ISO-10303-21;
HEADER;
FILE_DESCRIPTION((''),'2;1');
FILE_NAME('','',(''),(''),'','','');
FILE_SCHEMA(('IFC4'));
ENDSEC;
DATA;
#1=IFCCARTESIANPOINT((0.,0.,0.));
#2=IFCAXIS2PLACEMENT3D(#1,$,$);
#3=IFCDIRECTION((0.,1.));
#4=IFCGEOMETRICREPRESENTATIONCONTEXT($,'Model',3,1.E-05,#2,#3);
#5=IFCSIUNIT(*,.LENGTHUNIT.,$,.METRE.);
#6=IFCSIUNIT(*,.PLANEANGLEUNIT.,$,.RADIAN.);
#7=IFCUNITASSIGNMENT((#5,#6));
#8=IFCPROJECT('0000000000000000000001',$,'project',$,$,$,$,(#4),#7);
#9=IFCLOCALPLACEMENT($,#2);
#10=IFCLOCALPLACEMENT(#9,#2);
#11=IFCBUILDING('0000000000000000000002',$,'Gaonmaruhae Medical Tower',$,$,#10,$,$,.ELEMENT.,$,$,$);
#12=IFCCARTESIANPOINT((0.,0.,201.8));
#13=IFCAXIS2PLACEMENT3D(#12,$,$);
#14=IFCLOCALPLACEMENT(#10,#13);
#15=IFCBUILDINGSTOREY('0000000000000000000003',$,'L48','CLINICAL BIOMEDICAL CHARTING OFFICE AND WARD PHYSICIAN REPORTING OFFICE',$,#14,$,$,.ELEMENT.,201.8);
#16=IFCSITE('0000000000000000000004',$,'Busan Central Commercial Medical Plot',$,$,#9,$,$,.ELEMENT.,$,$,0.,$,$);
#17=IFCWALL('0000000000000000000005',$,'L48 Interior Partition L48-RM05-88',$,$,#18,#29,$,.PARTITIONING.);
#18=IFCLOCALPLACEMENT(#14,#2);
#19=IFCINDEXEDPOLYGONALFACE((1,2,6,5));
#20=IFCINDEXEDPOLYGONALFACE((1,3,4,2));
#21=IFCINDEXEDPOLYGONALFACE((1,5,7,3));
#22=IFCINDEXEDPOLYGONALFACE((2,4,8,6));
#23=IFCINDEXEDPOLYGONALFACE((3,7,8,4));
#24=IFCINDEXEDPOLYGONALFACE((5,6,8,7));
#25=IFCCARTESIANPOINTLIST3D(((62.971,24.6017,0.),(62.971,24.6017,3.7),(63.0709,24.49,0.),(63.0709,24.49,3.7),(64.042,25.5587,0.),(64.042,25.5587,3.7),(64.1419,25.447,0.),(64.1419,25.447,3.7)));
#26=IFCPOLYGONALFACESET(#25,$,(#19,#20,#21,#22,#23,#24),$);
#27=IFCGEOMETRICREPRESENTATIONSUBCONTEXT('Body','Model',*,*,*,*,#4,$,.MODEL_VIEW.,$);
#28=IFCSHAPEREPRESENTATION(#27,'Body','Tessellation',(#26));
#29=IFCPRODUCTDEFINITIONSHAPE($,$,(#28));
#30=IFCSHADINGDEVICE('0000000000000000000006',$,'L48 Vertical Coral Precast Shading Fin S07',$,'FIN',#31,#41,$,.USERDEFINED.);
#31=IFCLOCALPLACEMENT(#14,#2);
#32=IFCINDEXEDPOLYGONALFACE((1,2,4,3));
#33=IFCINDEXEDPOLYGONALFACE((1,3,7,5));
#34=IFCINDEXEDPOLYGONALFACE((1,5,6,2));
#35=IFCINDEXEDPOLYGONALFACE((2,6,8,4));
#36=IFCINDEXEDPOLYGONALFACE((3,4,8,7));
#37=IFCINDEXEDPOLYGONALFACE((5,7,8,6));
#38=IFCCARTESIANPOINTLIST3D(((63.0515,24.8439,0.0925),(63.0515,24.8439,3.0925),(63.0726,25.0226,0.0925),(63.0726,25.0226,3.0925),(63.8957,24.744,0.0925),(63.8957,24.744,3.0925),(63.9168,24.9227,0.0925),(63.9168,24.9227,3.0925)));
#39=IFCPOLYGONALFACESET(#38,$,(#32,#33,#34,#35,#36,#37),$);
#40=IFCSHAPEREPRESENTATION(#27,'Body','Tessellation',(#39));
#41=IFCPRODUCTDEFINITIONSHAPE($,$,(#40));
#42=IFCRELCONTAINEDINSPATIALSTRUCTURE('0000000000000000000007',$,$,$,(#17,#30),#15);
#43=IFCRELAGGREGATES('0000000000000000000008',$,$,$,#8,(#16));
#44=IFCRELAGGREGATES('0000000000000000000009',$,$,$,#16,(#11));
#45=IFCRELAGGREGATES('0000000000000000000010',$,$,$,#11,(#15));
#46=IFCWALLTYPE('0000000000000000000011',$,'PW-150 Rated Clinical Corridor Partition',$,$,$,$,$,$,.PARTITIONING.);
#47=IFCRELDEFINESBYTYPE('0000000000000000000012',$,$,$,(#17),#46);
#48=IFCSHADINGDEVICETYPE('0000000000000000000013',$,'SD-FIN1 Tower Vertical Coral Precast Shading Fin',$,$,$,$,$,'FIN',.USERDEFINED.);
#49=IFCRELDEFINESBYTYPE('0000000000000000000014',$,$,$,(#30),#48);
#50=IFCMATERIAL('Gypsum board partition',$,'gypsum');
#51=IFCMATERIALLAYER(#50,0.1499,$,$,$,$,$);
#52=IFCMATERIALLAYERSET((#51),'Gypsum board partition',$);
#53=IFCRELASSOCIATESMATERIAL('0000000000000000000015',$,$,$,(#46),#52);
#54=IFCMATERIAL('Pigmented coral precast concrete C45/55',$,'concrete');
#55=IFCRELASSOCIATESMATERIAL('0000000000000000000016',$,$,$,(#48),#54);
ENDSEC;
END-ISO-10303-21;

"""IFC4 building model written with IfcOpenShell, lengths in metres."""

from ifc_helpers import new_model, si_unit, direction, frame, frame_2d, origin, origin_2d, place, context, subcontext, project, spatial, rectangle, extrude, material, layer, layer_set, type_object, element, save


model = new_model("IFC4")

# Units and contexts
model_context = context("Model", 3, precision=1e-05, world=origin(), true_north=direction((0.0, 1.0)))
body_context = subcontext(model_context, "Body", "Model", "MODEL_VIEW")
ifc_project = project(units=[si_unit("LENGTHUNIT", "METRE"), si_unit("PLANEANGLEUNIT", "RADIAN")], contexts=[model_context])

# Site, building, storey
site_placement = place(None, origin())
site = spatial("IfcSite", under=ifc_project, at=site_placement, Name="Busan Central Commercial Medical Plot", CompositionType="ELEMENT", RefElevation=0.0)
building_placement = place(site_placement, origin())
building = spatial("IfcBuilding", under=site, at=building_placement, Name="Gaonmaruhae Medical Tower", CompositionType="ELEMENT")
storey_placement = place(building_placement, frame((0.0, 0.0, 201.8)))
storey = spatial("IfcBuildingStorey", under=building, at=storey_placement, Name="L48", Description="CLINICAL BIOMEDICAL CHARTING OFFICE AND WARD PHYSICIAN REPORTING OFFICE", CompositionType="ELEMENT", Elevation=201.8)

# Shared definitions
ifc_material_1 = material(Name="Gypsum board partition", Category="gypsum")
ifc_layer_1 = layer(ifc_material_1, 0.1499)
ifc_layer_set_1 = layer_set([ifc_layer_1], Name="Gypsum board partition")
wall_type_1 = type_object("IfcWallType", Name="PW-150 Rated Clinical Corridor Partition", PredefinedType="PARTITIONING", material=ifc_layer_set_1)

# Wall
wall_1_placement = place(storey_placement, frame((64.092, 25.5029, 0.0), z_axis=(0.0, 0.0, 1.0), x_axis=(-0.745681, -0.666303, 0.0)))
element("IfcWall", 1, at=wall_1_placement, inside=storey, type_object=wall_type_1, Name="L48 Interior Partition L48-RM05-88", PredefinedType="PARTITIONING", context=body_context, shape_type="SweptSolid", body=[
    extrude(rectangle(XDim=1.4363, YDim=0.1499, at=frame_2d((0.7183, 0.0))), origin(), (0.0, 0.0, 1.0), 3.7),
])

# Shading device
ifc_material_2 = material(Name="Pigmented coral precast concrete C45/55", Category="concrete")
shading_device_type = type_object("IfcShadingDeviceType", Name="SD-FIN1 Tower Vertical Coral Precast Shading Fin", ElementType="FIN", PredefinedType="USERDEFINED", material=ifc_material_2)
shading_device_placement = place(storey_placement, frame((63.4841, 24.8833, 0.0925), z_axis=(0.0, 0.0, 1.0), x_axis=(-0.117589, -0.993062, 0.0)))
element("IfcShadingDevice", 2, at=shading_device_placement, inside=storey, type_object=shading_device_type, Name="L48 Vertical Coral Precast Shading Fin S07", ObjectType="FIN", PredefinedType="USERDEFINED", context=body_context, shape_type="SweptSolid", body=[
    extrude(rectangle(XDim=0.1799, YDim=0.8501, at=origin_2d()), origin(), (0.0, 0.0, 1.0), 3.0),
])

save(model, "model.ifc")
